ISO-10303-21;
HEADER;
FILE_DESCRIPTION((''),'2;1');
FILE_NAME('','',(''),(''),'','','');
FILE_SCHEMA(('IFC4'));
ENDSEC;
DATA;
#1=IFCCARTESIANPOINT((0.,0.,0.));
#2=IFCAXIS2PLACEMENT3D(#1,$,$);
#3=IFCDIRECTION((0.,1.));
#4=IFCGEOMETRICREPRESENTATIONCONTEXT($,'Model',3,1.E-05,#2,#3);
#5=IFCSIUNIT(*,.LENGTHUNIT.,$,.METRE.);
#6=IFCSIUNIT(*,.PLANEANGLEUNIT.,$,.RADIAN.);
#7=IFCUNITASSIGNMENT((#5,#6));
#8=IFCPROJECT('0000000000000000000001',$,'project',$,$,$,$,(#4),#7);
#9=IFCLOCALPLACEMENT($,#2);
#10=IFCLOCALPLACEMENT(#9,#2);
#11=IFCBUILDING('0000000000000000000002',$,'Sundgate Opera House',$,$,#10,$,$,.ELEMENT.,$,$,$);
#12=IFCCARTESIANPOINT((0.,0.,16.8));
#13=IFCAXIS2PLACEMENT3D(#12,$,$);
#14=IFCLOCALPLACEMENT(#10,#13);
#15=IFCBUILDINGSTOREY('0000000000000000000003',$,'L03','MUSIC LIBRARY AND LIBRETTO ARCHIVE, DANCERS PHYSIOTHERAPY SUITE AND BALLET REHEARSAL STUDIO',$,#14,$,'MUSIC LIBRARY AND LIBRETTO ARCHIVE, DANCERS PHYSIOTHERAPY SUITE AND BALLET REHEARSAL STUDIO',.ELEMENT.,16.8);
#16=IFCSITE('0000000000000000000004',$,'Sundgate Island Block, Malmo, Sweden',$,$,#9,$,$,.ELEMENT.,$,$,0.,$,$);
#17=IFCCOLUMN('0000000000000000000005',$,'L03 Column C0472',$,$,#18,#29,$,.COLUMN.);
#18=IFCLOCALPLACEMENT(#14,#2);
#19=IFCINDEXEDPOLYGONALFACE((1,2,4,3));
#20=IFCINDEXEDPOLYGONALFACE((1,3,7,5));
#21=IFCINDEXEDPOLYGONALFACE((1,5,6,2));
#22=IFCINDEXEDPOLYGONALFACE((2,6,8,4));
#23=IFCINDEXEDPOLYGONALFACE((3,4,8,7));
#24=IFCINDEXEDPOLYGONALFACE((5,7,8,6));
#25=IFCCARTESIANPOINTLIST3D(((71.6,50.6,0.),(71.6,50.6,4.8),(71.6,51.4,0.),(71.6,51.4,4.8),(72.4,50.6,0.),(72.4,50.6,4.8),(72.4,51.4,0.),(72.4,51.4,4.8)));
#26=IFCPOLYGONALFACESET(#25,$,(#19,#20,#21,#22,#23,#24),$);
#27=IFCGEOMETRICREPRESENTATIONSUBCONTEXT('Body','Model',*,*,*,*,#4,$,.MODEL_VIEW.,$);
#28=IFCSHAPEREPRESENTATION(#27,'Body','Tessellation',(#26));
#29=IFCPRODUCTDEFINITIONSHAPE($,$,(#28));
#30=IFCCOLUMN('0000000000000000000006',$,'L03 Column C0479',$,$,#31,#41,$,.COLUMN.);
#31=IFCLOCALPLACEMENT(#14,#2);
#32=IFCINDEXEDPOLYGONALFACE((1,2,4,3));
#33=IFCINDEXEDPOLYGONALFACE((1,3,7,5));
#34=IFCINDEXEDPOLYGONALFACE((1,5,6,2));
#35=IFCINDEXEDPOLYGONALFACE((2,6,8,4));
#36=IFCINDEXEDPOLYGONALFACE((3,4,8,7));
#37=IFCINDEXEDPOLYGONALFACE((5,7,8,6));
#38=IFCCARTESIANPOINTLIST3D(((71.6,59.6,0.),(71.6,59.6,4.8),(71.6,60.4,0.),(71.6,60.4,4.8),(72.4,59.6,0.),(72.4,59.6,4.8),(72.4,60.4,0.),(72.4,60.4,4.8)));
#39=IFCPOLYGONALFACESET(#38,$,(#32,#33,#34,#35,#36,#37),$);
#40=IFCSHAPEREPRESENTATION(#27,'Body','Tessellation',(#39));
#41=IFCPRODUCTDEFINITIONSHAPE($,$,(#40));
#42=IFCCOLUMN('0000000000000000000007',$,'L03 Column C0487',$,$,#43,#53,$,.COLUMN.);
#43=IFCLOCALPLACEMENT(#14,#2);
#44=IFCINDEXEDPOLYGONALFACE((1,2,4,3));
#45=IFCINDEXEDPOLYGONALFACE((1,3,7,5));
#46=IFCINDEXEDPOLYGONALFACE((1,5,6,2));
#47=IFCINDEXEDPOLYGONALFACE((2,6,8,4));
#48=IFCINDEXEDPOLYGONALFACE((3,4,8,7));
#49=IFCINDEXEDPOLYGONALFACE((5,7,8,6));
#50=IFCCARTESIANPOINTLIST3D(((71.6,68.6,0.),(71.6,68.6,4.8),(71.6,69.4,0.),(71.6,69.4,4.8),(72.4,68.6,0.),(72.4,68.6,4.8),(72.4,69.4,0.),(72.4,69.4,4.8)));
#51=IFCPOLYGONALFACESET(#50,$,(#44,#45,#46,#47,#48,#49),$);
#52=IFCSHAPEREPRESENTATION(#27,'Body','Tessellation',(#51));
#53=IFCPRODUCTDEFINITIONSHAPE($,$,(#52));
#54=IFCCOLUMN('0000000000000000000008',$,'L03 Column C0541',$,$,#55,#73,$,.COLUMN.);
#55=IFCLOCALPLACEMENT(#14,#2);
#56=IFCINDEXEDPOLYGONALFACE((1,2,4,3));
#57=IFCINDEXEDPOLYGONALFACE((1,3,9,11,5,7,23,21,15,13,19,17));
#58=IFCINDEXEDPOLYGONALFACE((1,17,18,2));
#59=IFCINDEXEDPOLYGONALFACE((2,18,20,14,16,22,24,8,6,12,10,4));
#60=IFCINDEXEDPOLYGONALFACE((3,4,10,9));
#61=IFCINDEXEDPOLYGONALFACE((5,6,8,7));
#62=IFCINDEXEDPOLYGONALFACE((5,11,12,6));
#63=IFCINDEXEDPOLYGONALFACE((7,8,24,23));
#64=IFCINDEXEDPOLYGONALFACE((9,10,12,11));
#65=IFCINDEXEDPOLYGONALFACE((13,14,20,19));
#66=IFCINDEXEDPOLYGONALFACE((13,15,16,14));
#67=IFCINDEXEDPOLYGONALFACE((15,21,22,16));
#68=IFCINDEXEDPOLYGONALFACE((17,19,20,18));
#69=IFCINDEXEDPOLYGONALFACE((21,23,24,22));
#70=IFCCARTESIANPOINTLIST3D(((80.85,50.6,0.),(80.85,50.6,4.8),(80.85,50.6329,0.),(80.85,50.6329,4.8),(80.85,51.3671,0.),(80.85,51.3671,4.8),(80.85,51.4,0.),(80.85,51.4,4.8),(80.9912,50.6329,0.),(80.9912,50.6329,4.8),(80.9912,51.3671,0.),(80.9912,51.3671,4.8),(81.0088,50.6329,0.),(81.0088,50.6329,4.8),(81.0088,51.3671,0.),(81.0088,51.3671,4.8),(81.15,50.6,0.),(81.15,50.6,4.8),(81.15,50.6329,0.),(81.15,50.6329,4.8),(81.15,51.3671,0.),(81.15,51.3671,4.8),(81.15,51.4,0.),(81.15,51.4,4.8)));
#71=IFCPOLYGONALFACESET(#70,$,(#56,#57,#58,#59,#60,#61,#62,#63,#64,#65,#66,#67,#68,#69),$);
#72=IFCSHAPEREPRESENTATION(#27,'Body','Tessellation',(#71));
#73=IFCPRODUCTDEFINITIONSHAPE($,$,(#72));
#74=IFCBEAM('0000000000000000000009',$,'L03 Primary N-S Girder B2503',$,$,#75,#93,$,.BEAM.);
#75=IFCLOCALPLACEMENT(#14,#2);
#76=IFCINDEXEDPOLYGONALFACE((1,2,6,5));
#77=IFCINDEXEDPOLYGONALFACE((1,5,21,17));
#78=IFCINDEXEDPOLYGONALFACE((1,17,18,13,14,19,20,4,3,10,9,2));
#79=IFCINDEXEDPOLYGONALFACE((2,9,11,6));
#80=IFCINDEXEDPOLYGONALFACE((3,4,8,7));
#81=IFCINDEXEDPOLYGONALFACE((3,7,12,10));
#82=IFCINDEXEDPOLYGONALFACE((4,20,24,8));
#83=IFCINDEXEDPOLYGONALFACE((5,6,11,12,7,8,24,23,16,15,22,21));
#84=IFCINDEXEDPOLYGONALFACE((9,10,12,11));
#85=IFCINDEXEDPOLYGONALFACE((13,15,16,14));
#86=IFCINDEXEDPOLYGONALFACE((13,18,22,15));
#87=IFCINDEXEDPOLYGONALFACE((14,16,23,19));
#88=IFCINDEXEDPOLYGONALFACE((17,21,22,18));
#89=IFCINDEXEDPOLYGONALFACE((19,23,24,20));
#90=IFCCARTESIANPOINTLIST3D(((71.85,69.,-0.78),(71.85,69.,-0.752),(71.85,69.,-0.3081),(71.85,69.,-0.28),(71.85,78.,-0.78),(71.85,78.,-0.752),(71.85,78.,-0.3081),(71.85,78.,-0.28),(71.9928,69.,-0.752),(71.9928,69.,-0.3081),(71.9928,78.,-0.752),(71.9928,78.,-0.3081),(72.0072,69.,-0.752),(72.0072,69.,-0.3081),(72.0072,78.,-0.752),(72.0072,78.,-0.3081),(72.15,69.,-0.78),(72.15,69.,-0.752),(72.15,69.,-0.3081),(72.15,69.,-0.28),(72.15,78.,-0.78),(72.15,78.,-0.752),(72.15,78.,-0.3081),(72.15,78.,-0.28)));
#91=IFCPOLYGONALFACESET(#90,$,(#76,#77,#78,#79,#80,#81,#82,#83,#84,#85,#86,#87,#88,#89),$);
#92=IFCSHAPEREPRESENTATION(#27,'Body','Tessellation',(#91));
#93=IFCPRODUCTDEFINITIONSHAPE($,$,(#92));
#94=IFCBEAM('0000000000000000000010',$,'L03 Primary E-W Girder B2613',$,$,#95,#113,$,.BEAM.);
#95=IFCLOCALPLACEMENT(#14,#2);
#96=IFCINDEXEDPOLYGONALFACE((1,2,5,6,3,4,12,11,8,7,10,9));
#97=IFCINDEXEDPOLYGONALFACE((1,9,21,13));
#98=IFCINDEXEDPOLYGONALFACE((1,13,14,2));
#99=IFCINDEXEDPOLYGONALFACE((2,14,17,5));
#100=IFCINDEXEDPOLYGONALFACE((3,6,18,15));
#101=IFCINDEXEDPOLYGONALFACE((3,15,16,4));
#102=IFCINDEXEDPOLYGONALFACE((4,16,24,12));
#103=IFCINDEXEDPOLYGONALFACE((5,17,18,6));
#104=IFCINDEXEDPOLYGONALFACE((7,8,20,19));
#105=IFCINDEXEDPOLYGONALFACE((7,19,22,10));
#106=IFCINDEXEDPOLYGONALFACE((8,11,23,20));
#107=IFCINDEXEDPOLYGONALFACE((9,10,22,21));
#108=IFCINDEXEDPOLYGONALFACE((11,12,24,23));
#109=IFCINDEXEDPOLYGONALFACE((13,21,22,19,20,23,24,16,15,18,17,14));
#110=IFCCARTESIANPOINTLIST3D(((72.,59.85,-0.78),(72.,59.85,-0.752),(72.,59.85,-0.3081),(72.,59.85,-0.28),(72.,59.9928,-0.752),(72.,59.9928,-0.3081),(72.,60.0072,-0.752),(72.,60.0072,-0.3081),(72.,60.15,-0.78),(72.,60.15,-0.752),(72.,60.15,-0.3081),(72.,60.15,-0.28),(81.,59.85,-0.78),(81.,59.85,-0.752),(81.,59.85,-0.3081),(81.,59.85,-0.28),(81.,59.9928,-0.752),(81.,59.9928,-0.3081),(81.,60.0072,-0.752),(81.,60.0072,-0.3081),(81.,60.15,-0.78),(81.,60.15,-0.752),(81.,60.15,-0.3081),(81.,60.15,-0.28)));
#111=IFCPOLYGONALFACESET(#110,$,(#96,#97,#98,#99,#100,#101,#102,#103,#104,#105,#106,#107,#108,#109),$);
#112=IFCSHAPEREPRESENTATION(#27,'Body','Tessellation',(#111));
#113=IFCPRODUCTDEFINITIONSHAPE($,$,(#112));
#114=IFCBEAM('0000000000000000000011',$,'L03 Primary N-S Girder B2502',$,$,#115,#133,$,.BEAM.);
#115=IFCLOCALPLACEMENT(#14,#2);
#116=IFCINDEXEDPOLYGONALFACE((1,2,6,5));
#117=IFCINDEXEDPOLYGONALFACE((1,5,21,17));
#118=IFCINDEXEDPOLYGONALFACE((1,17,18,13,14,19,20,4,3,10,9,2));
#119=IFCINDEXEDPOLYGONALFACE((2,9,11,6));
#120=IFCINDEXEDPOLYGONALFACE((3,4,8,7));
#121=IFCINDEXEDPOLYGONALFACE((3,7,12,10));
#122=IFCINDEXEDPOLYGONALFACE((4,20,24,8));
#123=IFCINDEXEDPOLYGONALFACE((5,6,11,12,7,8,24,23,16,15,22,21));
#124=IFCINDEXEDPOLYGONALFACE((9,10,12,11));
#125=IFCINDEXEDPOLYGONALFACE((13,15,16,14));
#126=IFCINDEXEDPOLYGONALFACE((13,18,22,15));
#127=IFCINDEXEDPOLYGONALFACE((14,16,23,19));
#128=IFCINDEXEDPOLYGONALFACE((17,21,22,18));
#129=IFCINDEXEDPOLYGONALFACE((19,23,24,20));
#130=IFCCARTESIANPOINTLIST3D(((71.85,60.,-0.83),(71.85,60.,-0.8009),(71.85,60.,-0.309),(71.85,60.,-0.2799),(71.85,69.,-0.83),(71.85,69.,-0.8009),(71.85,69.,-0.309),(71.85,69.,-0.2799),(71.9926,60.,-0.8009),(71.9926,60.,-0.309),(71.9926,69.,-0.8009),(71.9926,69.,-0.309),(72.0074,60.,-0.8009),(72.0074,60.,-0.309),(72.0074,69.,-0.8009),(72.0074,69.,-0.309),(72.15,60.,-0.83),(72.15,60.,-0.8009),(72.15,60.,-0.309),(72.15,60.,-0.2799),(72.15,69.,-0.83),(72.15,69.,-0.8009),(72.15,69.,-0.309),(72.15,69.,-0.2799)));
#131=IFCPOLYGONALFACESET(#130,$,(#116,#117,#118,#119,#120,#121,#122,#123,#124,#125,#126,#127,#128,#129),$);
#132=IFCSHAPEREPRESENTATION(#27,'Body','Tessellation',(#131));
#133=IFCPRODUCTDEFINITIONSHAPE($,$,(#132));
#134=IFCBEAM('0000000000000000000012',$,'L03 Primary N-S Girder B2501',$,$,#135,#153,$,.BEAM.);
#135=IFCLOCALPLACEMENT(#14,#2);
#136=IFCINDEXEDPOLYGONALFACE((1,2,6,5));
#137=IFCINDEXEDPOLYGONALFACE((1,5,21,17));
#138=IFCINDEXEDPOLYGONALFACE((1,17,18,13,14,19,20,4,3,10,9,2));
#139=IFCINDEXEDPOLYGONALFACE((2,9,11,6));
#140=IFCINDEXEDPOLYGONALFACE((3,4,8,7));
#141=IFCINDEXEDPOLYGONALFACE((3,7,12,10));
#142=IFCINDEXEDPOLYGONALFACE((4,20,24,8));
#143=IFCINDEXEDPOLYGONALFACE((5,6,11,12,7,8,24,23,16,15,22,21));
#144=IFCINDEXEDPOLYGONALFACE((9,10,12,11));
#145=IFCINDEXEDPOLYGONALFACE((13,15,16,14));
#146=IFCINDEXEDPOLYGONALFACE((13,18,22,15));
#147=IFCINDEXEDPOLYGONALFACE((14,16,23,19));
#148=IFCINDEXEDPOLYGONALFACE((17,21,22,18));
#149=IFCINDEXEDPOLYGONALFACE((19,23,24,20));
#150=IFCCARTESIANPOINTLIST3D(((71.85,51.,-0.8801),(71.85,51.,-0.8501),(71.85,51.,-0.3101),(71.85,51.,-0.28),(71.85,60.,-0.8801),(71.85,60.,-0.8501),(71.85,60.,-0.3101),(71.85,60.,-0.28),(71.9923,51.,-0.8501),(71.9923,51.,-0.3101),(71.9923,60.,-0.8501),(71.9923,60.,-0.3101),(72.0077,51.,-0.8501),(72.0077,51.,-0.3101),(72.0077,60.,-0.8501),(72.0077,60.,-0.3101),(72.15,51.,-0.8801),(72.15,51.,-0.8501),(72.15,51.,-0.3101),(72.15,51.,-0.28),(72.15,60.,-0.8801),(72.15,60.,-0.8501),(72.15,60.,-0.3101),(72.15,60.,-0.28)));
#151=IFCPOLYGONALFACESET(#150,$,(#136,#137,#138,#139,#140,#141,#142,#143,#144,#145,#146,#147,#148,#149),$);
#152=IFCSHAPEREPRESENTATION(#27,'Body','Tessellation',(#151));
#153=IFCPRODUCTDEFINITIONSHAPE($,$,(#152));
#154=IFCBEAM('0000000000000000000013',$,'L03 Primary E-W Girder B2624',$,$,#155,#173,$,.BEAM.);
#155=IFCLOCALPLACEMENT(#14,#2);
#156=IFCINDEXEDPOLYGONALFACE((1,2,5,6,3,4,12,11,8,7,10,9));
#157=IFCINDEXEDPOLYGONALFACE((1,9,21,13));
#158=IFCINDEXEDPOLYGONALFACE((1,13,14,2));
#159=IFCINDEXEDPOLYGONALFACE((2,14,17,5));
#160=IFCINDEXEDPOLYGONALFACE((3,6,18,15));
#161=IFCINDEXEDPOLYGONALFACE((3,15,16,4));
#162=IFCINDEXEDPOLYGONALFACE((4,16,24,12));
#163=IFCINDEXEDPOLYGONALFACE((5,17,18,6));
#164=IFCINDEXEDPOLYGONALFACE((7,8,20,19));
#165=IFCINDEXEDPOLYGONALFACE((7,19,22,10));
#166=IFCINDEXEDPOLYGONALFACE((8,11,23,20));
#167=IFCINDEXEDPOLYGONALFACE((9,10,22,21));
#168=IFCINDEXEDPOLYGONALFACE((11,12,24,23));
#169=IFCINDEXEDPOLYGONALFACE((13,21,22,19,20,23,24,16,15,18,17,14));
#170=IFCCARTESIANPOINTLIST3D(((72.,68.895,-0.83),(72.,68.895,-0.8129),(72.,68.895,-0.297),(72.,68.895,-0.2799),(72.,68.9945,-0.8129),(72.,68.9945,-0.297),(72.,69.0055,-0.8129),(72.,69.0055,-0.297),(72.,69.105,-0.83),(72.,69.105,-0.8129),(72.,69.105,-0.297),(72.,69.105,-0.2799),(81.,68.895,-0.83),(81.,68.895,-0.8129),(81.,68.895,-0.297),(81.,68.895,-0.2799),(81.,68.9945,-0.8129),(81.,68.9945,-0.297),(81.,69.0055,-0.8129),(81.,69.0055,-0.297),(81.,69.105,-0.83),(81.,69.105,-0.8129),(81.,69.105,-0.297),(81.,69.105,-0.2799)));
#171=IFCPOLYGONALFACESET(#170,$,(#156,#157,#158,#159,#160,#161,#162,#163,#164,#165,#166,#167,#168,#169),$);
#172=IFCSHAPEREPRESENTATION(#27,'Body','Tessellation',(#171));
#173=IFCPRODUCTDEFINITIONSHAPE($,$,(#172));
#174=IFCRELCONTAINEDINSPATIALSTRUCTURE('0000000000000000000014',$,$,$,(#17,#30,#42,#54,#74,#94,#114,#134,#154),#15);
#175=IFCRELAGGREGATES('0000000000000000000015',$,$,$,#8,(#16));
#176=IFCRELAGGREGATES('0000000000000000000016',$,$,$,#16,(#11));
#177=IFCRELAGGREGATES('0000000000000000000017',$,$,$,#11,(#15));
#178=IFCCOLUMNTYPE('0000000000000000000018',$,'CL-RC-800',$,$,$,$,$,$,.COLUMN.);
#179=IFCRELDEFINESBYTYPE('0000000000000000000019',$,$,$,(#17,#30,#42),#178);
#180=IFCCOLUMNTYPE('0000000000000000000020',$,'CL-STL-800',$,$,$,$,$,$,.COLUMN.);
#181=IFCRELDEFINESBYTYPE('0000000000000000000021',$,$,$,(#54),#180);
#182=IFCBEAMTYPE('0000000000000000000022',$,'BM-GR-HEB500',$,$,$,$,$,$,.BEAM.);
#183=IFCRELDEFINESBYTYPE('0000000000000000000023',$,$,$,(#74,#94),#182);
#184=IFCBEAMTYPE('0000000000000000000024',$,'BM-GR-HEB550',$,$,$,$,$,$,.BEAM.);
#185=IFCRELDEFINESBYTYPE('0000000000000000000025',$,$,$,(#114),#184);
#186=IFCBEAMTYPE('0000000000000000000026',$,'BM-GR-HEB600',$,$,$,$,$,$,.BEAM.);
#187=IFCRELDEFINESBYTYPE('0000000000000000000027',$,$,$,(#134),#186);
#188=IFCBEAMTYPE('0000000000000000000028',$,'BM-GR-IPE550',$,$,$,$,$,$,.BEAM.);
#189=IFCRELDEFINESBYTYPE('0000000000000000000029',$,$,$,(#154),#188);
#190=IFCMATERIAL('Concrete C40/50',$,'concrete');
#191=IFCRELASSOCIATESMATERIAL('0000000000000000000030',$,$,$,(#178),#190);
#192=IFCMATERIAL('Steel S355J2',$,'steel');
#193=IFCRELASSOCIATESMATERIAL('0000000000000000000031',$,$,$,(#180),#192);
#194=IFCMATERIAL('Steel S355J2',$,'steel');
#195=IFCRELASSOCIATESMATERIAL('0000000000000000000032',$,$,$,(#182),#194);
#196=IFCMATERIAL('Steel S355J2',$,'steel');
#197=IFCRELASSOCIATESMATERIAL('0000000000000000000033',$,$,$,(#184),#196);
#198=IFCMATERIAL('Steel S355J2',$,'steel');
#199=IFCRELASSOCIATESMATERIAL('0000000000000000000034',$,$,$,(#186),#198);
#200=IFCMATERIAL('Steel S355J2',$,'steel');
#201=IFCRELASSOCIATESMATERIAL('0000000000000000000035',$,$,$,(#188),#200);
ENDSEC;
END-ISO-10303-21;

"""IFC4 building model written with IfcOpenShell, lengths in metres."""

from ifc_helpers import new_model, si_unit, direction, frame, origin, origin_2d, place, context, subcontext, project, spatial, rectangle, i_section, extrude, material, material_profile, profile_set, type_object, element, save


model = new_model("IFC4")

# Units and contexts
model_context = context("Model", 3, precision=1e-05, world=origin(), true_north=direction((0.0, 1.0)))
body_context = subcontext(model_context, "Body", "Model", "MODEL_VIEW")
ifc_project = project(units=[si_unit("LENGTHUNIT", "METRE"), si_unit("PLANEANGLEUNIT", "RADIAN")], contexts=[model_context])

# Site, building, storey
site_placement = place(None, origin())
site = spatial("IfcSite", under=ifc_project, at=site_placement, Name="Sundgate Island Block, Malmo, Sweden", CompositionType="ELEMENT", RefElevation=0.0)
building_placement = place(site_placement, origin())
building = spatial("IfcBuilding", under=site, at=building_placement, Name="Sundgate Opera House", CompositionType="ELEMENT")
storey_placement = place(building_placement, frame((0.0, 0.0, 16.8)))
storey = spatial("IfcBuildingStorey", under=building, at=storey_placement, Name="L03", Description="MUSIC LIBRARY AND LIBRETTO ARCHIVE, DANCERS PHYSIOTHERAPY SUITE AND BALLET REHEARSAL STUDIO", LongName="MUSIC LIBRARY AND LIBRETTO ARCHIVE, DANCERS PHYSIOTHERAPY SUITE AND BALLET REHEARSAL STUDIO", CompositionType="ELEMENT", Elevation=16.8)

# Columns
ifc_material_1 = material(Name="Concrete C40/50", Category="concrete")
ifc_material_profile_1 = material_profile(ifc_material_1, rectangle(XDim=0.8, YDim=0.8, at=origin_2d()), Name="RC 800x800")
ifc_profile_set_1 = profile_set([ifc_material_profile_1], Name="Concrete C40/50")
column_type_1 = type_object("IfcColumnType", Name="CL-RC-800", PredefinedType="COLUMN", material=ifc_profile_set_1)
for number, where, z_axis, x_axis, name in (
    (1, (72.0, 51.0, 0.0), (0.0, 0.0, 1.0), (1.0, 0.0, 0.0), "L03 Column C0472"),
    (2, (72.0, 60.0, 0.0), (0.0, 0.0, 1.0), (1.0, 0.0, 0.0), "L03 Column C0479"),
    (3, (72.0, 69.0, 0.0), (0.0, 0.0, 1.0), (1.0, 0.0, 0.0), "L03 Column C0487"),
):
    element("IfcColumn", number, at=place(storey_placement, frame(where, z_axis=z_axis, x_axis=x_axis)), inside=storey, type_object=column_type_1, Name=name, PredefinedType="COLUMN", context=body_context, shape_type="SweptSolid", body=[
        extrude(rectangle(XDim=0.8, YDim=0.8, at=origin_2d()), origin(), (0.0, 0.0, 1.0), 4.8),
    ])
ifc_material_2 = material(Name="Steel S355J2", Category="steel")
ifc_material_profile_2 = material_profile(ifc_material_2, i_section(OverallWidth=0.3, OverallDepth=0.8, WebThickness=0.0176, FlangeThickness=0.033, at=origin_2d()), Name="HEB 800")
ifc_profile_set_2 = profile_set([ifc_material_profile_2], Name="Steel S355J2")
column_type_2 = type_object("IfcColumnType", Name="CL-STL-800", PredefinedType="COLUMN", material=ifc_profile_set_2)
column_placement = place(storey_placement, frame((81.0, 51.0, 0.0), z_axis=(0.0, 0.0, 1.0), x_axis=(1.0, 0.0, 0.0)))
element("IfcColumn", 4, at=column_placement, inside=storey, type_object=column_type_2, Name="L03 Column C0541", PredefinedType="COLUMN", context=body_context, shape_type="SweptSolid", body=[
    extrude(i_section(OverallWidth=0.3, OverallDepth=0.8, WebThickness=0.0176, FlangeThickness=0.033, at=origin_2d()), origin(), (0.0, 0.0, 1.0), 4.8),
])

# Beams
ifc_material_3 = material(Name="Steel S355J2", Category="steel")
ifc_material_profile_3 = material_profile(ifc_material_3, i_section(OverallWidth=0.3, OverallDepth=0.5, WebThickness=0.0144, FlangeThickness=0.0281, at=origin_2d()), Name="HEB 500")
ifc_profile_set_3 = profile_set([ifc_material_profile_3], Name="Steel S355J2")
beam_type_1 = type_object("IfcBeamType", Name="BM-GR-HEB500", PredefinedType="BEAM", material=ifc_profile_set_3)
for number, where, z_axis, x_axis, name in (
    (5, (72.0, 69.0, -0.53), (0.0, 1.0, 0.0), (-1.0, 0.0, 0.0), "L03 Primary N-S Girder B2503"),
    (6, (72.0, 60.0, -0.53), (1.0, 0.0, 0.0), (0.0, 1.0, 0.0), "L03 Primary E-W Girder B2613"),
):
    element("IfcBeam", number, at=place(storey_placement, frame(where, z_axis=z_axis, x_axis=x_axis)), inside=storey, type_object=beam_type_1, Name=name, PredefinedType="BEAM", context=body_context, shape_type="SweptSolid", body=[
        extrude(i_section(OverallWidth=0.3, OverallDepth=0.5, WebThickness=0.0144, FlangeThickness=0.0281, at=origin_2d()), origin(), (0.0, 0.0, 1.0), 9.0),
    ])
ifc_material_4 = material(Name="Steel S355J2", Category="steel")
ifc_material_profile_4 = material_profile(ifc_material_4, i_section(OverallWidth=0.3, OverallDepth=0.55, WebThickness=0.0149, FlangeThickness=0.0291, at=origin_2d()), Name="HEB 550")
ifc_profile_set_4 = profile_set([ifc_material_profile_4], Name="Steel S355J2")
beam_type_2 = type_object("IfcBeamType", Name="BM-GR-HEB550", PredefinedType="BEAM", material=ifc_profile_set_4)
beam_1_placement = place(storey_placement, frame((72.0, 60.0, -0.5549), z_axis=(0.0, 1.0, 0.0), x_axis=(-1.0, 0.0, 0.0)))
element("IfcBeam", 7, at=beam_1_placement, inside=storey, type_object=beam_type_2, Name="L03 Primary N-S Girder B2502", PredefinedType="BEAM", context=body_context, shape_type="SweptSolid", body=[
    extrude(i_section(OverallWidth=0.3, OverallDepth=0.55, WebThickness=0.0149, FlangeThickness=0.0291, at=origin_2d()), origin(), (0.0, 0.0, 1.0), 9.0),
])
ifc_material_5 = material(Name="Steel S355J2", Category="steel")
ifc_material_profile_5 = material_profile(ifc_material_5, i_section(OverallWidth=0.3, OverallDepth=0.6001, WebThickness=0.0154, FlangeThickness=0.03, at=origin_2d()), Name="HEB 600")
ifc_profile_set_5 = profile_set([ifc_material_profile_5], Name="Steel S355J2")
beam_type_3 = type_object("IfcBeamType", Name="BM-GR-HEB600", PredefinedType="BEAM", material=ifc_profile_set_5)
beam_2_placement = place(storey_placement, frame((72.0, 51.0, -0.5801), z_axis=(0.0, 1.0, 0.0), x_axis=(-1.0, 0.0, 0.0)))
element("IfcBeam", 8, at=beam_2_placement, inside=storey, type_object=beam_type_3, Name="L03 Primary N-S Girder B2501", PredefinedType="BEAM", context=body_context, shape_type="SweptSolid", body=[
    extrude(i_section(OverallWidth=0.3, OverallDepth=0.6001, WebThickness=0.0154, FlangeThickness=0.03, at=origin_2d()), origin(), (0.0, 0.0, 1.0), 9.0),
])
ifc_material_6 = material(Name="Steel S355J2", Category="steel")
ifc_material_profile_6 = material_profile(ifc_material_6, i_section(OverallWidth=0.21, OverallDepth=0.55, WebThickness=0.011, FlangeThickness=0.0171, at=origin_2d()), Name="IPE 550")
ifc_profile_set_6 = profile_set([ifc_material_profile_6], Name="Steel S355J2")
beam_type_4 = type_object("IfcBeamType", Name="BM-GR-IPE550", PredefinedType="BEAM", material=ifc_profile_set_6)
beam_3_placement = place(storey_placement, frame((72.0, 69.0, -0.5549), z_axis=(1.0, 0.0, 0.0), x_axis=(0.0, 1.0, 0.0)))
element("IfcBeam", 9, at=beam_3_placement, inside=storey, type_object=beam_type_4, Name="L03 Primary E-W Girder B2624", PredefinedType="BEAM", context=body_context, shape_type="SweptSolid", body=[
    extrude(i_section(OverallWidth=0.21, OverallDepth=0.55, WebThickness=0.011, FlangeThickness=0.0171, at=origin_2d()), origin(), (0.0, 0.0, 1.0), 9.0),
])

save(model, "model.ifc")
